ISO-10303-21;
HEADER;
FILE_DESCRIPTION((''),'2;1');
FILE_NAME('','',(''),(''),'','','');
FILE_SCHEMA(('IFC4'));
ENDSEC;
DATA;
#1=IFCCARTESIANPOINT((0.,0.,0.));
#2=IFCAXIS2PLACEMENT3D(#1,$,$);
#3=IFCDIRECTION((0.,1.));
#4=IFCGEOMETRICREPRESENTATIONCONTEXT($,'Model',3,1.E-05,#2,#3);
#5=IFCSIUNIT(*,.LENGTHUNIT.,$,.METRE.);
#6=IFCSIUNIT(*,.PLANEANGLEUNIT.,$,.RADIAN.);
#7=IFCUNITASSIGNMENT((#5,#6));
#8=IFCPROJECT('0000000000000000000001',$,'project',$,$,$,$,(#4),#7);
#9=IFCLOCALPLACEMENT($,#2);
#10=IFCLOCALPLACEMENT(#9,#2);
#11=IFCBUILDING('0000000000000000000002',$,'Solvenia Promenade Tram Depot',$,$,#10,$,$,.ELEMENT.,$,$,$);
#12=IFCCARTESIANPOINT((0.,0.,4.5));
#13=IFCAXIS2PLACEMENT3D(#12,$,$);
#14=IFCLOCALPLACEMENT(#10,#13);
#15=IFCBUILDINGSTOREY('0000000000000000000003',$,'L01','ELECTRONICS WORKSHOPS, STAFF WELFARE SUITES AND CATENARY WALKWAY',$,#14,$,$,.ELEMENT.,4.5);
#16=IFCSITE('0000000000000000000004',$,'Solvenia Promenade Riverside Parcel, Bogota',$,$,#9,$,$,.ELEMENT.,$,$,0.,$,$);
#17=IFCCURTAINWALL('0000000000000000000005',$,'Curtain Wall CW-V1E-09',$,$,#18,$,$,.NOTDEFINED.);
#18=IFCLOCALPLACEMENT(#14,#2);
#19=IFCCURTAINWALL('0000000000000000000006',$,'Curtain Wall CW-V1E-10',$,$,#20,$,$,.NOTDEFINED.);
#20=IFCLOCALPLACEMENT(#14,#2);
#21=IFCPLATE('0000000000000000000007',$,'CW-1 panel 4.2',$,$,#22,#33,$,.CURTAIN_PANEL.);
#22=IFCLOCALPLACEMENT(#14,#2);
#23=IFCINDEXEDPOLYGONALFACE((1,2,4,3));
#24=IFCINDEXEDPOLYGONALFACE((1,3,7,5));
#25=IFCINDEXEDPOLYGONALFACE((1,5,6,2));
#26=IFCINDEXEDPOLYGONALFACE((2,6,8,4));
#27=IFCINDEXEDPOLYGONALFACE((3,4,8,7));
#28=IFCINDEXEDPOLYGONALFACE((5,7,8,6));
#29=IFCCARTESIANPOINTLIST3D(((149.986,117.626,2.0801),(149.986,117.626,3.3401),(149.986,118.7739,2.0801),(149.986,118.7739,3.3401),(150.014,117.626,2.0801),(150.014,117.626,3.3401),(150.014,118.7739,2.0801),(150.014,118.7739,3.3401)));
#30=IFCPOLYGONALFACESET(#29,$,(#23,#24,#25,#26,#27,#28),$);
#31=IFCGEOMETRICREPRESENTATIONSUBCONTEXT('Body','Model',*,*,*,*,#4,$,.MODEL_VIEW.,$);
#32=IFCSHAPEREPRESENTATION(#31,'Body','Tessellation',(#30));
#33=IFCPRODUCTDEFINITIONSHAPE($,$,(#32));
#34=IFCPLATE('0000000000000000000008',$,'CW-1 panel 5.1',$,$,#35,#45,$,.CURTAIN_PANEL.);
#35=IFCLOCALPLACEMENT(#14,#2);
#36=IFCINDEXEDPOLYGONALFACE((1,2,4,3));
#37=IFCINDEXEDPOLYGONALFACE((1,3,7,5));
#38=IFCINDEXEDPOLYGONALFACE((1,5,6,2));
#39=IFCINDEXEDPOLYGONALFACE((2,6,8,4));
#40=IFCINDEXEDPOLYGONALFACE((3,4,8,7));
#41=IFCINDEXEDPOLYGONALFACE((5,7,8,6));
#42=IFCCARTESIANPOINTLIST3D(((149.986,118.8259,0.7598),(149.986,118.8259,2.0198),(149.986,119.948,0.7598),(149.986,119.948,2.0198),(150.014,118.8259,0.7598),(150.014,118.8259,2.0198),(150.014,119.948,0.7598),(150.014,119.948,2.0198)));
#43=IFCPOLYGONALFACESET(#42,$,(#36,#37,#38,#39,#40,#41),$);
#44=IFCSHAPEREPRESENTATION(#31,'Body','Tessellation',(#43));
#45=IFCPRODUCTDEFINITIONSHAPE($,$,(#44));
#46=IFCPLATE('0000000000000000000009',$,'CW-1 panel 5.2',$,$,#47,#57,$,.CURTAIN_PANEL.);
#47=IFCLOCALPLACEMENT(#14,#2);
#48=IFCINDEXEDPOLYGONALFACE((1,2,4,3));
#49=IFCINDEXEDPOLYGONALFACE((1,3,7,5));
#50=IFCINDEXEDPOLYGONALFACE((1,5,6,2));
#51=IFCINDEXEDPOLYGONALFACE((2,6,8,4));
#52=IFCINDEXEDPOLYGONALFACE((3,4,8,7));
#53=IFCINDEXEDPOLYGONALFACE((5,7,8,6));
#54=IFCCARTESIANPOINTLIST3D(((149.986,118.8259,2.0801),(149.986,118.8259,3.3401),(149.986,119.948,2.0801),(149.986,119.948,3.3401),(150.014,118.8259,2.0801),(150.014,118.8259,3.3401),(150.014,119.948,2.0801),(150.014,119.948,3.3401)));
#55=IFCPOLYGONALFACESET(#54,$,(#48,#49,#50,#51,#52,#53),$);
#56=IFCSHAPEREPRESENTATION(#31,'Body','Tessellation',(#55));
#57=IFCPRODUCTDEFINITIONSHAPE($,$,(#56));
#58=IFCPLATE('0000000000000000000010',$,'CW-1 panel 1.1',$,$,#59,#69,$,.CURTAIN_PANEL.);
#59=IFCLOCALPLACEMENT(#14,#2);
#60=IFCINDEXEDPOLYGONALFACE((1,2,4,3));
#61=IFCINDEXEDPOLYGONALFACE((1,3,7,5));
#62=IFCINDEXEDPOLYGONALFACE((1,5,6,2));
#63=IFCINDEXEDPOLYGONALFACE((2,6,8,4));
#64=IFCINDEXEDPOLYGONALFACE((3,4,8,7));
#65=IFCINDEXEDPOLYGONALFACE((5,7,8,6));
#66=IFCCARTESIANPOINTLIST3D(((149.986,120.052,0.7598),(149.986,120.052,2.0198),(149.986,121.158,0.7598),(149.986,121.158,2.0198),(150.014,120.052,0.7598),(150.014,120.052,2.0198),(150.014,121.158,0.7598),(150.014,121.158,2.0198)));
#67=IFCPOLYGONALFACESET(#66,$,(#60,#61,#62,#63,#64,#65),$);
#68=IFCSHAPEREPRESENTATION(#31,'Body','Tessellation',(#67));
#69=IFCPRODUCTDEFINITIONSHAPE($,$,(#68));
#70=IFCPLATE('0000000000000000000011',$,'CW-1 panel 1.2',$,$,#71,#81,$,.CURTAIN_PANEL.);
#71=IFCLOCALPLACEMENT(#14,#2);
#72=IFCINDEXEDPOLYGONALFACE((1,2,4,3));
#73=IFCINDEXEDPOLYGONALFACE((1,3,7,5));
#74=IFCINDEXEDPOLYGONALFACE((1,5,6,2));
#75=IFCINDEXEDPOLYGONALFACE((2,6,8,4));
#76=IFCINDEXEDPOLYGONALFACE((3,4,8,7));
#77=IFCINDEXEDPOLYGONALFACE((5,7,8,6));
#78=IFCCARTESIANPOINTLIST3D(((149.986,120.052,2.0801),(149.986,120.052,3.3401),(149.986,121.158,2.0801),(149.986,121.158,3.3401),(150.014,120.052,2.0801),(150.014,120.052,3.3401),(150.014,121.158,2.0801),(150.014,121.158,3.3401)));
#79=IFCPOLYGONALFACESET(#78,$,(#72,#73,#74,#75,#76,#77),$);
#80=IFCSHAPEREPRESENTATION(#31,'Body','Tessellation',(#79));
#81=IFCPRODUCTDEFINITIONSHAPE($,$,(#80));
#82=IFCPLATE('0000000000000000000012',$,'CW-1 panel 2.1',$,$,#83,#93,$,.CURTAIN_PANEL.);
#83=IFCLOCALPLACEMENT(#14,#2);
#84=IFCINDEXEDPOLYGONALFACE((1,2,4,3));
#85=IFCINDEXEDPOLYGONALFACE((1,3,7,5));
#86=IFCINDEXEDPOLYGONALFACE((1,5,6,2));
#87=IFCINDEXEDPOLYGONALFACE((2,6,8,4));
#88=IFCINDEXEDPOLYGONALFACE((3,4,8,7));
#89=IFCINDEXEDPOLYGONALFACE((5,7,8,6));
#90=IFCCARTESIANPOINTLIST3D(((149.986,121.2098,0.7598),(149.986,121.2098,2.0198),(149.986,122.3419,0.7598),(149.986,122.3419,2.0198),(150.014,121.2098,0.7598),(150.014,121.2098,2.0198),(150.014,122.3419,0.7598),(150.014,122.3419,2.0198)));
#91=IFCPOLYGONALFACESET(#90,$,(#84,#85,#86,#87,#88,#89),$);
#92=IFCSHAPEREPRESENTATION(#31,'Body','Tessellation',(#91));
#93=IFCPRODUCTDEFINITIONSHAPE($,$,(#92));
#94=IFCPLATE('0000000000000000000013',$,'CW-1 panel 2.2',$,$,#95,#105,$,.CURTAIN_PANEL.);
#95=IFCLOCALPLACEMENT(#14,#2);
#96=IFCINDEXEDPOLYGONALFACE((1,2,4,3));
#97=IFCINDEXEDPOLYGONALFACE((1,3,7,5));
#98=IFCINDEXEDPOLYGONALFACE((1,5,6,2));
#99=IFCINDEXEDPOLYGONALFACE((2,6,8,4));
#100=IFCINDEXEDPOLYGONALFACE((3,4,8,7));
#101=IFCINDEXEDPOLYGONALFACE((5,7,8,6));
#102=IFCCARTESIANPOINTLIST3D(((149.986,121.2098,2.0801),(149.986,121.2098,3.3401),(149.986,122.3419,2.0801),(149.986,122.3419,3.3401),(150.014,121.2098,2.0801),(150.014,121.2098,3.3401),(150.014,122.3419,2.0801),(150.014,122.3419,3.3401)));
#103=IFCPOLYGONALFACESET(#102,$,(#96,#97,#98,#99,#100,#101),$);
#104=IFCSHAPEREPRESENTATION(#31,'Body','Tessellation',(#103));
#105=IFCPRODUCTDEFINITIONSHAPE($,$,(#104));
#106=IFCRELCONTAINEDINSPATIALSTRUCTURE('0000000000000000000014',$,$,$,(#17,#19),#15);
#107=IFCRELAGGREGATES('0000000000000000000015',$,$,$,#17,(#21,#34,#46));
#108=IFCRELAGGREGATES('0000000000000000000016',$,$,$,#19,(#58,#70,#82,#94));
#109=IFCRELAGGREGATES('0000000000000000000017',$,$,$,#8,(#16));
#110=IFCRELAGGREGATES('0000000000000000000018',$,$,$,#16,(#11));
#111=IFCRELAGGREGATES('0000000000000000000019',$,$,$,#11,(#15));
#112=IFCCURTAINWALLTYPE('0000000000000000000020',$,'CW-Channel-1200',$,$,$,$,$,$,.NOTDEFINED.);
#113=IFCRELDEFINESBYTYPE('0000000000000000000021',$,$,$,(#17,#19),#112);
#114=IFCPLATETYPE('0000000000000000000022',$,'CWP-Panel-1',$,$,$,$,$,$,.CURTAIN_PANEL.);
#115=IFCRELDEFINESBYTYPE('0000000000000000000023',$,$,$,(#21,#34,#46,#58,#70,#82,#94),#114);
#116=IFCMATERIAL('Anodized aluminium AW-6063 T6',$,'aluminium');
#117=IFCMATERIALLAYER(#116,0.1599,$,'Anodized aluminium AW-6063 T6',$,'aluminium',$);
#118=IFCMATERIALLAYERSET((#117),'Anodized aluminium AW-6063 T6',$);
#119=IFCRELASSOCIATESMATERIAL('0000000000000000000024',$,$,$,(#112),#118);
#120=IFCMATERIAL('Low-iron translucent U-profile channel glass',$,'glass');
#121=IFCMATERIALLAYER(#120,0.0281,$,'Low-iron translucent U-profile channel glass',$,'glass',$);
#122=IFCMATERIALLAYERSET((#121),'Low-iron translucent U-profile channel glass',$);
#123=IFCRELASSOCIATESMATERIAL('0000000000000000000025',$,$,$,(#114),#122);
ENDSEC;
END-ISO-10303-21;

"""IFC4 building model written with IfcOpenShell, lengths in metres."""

from ifc_helpers import new_model, si_unit, direction, frame, origin, origin_2d, place, context, subcontext, project, spatial, rectangle, extrude, material, layer, layer_set, type_object, element, aggregate, save


model = new_model("IFC4")

# Units and contexts
model_context = context("Model", 3, precision=1e-05, world=origin(), true_north=direction((0.0, 1.0)))
body_context = subcontext(model_context, "Body", "Model", "MODEL_VIEW")
ifc_project = project(units=[si_unit("LENGTHUNIT", "METRE"), si_unit("PLANEANGLEUNIT", "RADIAN")], contexts=[model_context])

# Site, building, storey
site_placement = place(None, origin())
site = spatial("IfcSite", under=ifc_project, at=site_placement, Name="Solvenia Promenade Riverside Parcel, Bogota", CompositionType="ELEMENT", RefElevation=0.0)
building_placement = place(site_placement, origin())
building = spatial("IfcBuilding", under=site, at=building_placement, Name="Solvenia Promenade Tram Depot", CompositionType="ELEMENT")
storey_placement = place(building_placement, frame((0.0, 0.0, 4.5)))
storey = spatial("IfcBuildingStorey", under=building, at=storey_placement, Name="L01", Description="ELECTRONICS WORKSHOPS, STAFF WELFARE SUITES AND CATENARY WALKWAY", CompositionType="ELEMENT", Elevation=4.5)

# Curtain walls
ifc_material_1 = material(Name="Anodized aluminium AW-6063 T6", Category="aluminium")
ifc_layer_1 = layer(ifc_material_1, 0.1599, Name="Anodized aluminium AW-6063 T6", Category="aluminium")
ifc_layer_set_1 = layer_set([ifc_layer_1], Name="Anodized aluminium AW-6063 T6")
curtain_wall_type = type_object("IfcCurtainWallType", Name="CW-Channel-1200", PredefinedType="NOTDEFINED", material=ifc_layer_set_1)
curtain_wall_1_placement = place(storey_placement, origin())
curtain_wall_1 = element("IfcCurtainWall", 1, at=curtain_wall_1_placement, inside=storey, type_object=curtain_wall_type, Name="Curtain Wall CW-V1E-09", PredefinedType="NOTDEFINED")
curtain_wall_2_placement = place(storey_placement, origin())
curtain_wall_2 = element("IfcCurtainWall", 2, at=curtain_wall_2_placement, inside=storey, type_object=curtain_wall_type, Name="Curtain Wall CW-V1E-10", PredefinedType="NOTDEFINED")

# Plates
ifc_material_2 = material(Name="Low-iron translucent U-profile channel glass", Category="glass")
ifc_layer_2 = layer(ifc_material_2, 0.0281, Name="Low-iron translucent U-profile channel glass", Category="glass")
ifc_layer_set_2 = layer_set([ifc_layer_2], Name="Low-iron translucent U-profile channel glass")
plate_type = type_object("IfcPlateType", Name="CWP-Panel-1", PredefinedType="CURTAIN_PANEL", material=ifc_layer_set_2)
plate_1_placement = place(storey_placement, frame((150.0, 118.2, 2.0801), z_axis=(0.0, 0.0, 1.0), x_axis=(0.0, 1.0, 0.0)))
plate_1 = element("IfcPlate", 3, at=plate_1_placement, type_object=plate_type, Name="CW-1 panel 4.2", PredefinedType="CURTAIN_PANEL", context=body_context, shape_type="SweptSolid", body=[
    extrude(rectangle(XDim=1.1479, YDim=0.0281, at=origin_2d()), origin(), (0.0, 0.0, 1.0), 1.26),
])
plate_2_placement = place(storey_placement, frame((150.0, 119.387, 0.7598), z_axis=(0.0, 0.0, 1.0), x_axis=(0.0, 1.0, 0.0)))
plate_2 = element("IfcPlate", 4, at=plate_2_placement, type_object=plate_type, Name="CW-1 panel 5.1", PredefinedType="CURTAIN_PANEL", context=body_context, shape_type="SweptSolid", body=[
    extrude(rectangle(XDim=1.1221, YDim=0.0281, at=origin_2d()), origin(), (0.0, 0.0, 1.0), 1.26),
])
plate_3_placement = place(storey_placement, frame((150.0, 119.387, 2.0801), z_axis=(0.0, 0.0, 1.0), x_axis=(0.0, 1.0, 0.0)))
plate_3 = element("IfcPlate", 5, at=plate_3_placement, type_object=plate_type, Name="CW-1 panel 5.2", PredefinedType="CURTAIN_PANEL", context=body_context, shape_type="SweptSolid", body=[
    extrude(rectangle(XDim=1.1221, YDim=0.0281, at=origin_2d()), origin(), (0.0, 0.0, 1.0), 1.26),
])
aggregate(curtain_wall_1, [plate_1, plate_2, plate_3])
plate_4_placement = place(storey_placement, frame((150.0, 120.605, 0.7598), z_axis=(0.0, 0.0, 1.0), x_axis=(0.0, 1.0, 0.0)))
plate_4 = element("IfcPlate", 6, at=plate_4_placement, type_object=plate_type, Name="CW-1 panel 1.1", PredefinedType="CURTAIN_PANEL", context=body_context, shape_type="SweptSolid", body=[
    extrude(rectangle(XDim=1.106, YDim=0.0281, at=origin_2d()), origin(), (0.0, 0.0, 1.0), 1.26),
])
plate_5_placement = place(storey_placement, frame((150.0, 120.605, 2.0801), z_axis=(0.0, 0.0, 1.0), x_axis=(0.0, 1.0, 0.0)))
plate_5 = element("IfcPlate", 7, at=plate_5_placement, type_object=plate_type, Name="CW-1 panel 1.2", PredefinedType="CURTAIN_PANEL", context=body_context, shape_type="SweptSolid", body=[
    extrude(rectangle(XDim=1.106, YDim=0.0281, at=origin_2d()), origin(), (0.0, 0.0, 1.0), 1.26),
])
plate_6_placement = place(storey_placement, frame((150.0, 121.7759, 0.7598), z_axis=(0.0, 0.0, 1.0), x_axis=(0.0, 1.0, 0.0)))
plate_6 = element("IfcPlate", 8, at=plate_6_placement, type_object=plate_type, Name="CW-1 panel 2.1", PredefinedType="CURTAIN_PANEL", context=body_context, shape_type="SweptSolid", body=[
    extrude(rectangle(XDim=1.1321, YDim=0.0281, at=origin_2d()), origin(), (0.0, 0.0, 1.0), 1.26),
])
plate_7_placement = place(storey_placement, frame((150.0, 121.7759, 2.0801), z_axis=(0.0, 0.0, 1.0), x_axis=(0.0, 1.0, 0.0)))
plate_7 = element("IfcPlate", 9, at=plate_7_placement, type_object=plate_type, Name="CW-1 panel 2.2", PredefinedType="CURTAIN_PANEL", context=body_context, shape_type="SweptSolid", body=[
    extrude(rectangle(XDim=1.1321, YDim=0.0281, at=origin_2d()), origin(), (0.0, 0.0, 1.0), 1.26),
])
aggregate(curtain_wall_2, [plate_4, plate_5, plate_6, plate_7])

save(model, "model.ifc")
